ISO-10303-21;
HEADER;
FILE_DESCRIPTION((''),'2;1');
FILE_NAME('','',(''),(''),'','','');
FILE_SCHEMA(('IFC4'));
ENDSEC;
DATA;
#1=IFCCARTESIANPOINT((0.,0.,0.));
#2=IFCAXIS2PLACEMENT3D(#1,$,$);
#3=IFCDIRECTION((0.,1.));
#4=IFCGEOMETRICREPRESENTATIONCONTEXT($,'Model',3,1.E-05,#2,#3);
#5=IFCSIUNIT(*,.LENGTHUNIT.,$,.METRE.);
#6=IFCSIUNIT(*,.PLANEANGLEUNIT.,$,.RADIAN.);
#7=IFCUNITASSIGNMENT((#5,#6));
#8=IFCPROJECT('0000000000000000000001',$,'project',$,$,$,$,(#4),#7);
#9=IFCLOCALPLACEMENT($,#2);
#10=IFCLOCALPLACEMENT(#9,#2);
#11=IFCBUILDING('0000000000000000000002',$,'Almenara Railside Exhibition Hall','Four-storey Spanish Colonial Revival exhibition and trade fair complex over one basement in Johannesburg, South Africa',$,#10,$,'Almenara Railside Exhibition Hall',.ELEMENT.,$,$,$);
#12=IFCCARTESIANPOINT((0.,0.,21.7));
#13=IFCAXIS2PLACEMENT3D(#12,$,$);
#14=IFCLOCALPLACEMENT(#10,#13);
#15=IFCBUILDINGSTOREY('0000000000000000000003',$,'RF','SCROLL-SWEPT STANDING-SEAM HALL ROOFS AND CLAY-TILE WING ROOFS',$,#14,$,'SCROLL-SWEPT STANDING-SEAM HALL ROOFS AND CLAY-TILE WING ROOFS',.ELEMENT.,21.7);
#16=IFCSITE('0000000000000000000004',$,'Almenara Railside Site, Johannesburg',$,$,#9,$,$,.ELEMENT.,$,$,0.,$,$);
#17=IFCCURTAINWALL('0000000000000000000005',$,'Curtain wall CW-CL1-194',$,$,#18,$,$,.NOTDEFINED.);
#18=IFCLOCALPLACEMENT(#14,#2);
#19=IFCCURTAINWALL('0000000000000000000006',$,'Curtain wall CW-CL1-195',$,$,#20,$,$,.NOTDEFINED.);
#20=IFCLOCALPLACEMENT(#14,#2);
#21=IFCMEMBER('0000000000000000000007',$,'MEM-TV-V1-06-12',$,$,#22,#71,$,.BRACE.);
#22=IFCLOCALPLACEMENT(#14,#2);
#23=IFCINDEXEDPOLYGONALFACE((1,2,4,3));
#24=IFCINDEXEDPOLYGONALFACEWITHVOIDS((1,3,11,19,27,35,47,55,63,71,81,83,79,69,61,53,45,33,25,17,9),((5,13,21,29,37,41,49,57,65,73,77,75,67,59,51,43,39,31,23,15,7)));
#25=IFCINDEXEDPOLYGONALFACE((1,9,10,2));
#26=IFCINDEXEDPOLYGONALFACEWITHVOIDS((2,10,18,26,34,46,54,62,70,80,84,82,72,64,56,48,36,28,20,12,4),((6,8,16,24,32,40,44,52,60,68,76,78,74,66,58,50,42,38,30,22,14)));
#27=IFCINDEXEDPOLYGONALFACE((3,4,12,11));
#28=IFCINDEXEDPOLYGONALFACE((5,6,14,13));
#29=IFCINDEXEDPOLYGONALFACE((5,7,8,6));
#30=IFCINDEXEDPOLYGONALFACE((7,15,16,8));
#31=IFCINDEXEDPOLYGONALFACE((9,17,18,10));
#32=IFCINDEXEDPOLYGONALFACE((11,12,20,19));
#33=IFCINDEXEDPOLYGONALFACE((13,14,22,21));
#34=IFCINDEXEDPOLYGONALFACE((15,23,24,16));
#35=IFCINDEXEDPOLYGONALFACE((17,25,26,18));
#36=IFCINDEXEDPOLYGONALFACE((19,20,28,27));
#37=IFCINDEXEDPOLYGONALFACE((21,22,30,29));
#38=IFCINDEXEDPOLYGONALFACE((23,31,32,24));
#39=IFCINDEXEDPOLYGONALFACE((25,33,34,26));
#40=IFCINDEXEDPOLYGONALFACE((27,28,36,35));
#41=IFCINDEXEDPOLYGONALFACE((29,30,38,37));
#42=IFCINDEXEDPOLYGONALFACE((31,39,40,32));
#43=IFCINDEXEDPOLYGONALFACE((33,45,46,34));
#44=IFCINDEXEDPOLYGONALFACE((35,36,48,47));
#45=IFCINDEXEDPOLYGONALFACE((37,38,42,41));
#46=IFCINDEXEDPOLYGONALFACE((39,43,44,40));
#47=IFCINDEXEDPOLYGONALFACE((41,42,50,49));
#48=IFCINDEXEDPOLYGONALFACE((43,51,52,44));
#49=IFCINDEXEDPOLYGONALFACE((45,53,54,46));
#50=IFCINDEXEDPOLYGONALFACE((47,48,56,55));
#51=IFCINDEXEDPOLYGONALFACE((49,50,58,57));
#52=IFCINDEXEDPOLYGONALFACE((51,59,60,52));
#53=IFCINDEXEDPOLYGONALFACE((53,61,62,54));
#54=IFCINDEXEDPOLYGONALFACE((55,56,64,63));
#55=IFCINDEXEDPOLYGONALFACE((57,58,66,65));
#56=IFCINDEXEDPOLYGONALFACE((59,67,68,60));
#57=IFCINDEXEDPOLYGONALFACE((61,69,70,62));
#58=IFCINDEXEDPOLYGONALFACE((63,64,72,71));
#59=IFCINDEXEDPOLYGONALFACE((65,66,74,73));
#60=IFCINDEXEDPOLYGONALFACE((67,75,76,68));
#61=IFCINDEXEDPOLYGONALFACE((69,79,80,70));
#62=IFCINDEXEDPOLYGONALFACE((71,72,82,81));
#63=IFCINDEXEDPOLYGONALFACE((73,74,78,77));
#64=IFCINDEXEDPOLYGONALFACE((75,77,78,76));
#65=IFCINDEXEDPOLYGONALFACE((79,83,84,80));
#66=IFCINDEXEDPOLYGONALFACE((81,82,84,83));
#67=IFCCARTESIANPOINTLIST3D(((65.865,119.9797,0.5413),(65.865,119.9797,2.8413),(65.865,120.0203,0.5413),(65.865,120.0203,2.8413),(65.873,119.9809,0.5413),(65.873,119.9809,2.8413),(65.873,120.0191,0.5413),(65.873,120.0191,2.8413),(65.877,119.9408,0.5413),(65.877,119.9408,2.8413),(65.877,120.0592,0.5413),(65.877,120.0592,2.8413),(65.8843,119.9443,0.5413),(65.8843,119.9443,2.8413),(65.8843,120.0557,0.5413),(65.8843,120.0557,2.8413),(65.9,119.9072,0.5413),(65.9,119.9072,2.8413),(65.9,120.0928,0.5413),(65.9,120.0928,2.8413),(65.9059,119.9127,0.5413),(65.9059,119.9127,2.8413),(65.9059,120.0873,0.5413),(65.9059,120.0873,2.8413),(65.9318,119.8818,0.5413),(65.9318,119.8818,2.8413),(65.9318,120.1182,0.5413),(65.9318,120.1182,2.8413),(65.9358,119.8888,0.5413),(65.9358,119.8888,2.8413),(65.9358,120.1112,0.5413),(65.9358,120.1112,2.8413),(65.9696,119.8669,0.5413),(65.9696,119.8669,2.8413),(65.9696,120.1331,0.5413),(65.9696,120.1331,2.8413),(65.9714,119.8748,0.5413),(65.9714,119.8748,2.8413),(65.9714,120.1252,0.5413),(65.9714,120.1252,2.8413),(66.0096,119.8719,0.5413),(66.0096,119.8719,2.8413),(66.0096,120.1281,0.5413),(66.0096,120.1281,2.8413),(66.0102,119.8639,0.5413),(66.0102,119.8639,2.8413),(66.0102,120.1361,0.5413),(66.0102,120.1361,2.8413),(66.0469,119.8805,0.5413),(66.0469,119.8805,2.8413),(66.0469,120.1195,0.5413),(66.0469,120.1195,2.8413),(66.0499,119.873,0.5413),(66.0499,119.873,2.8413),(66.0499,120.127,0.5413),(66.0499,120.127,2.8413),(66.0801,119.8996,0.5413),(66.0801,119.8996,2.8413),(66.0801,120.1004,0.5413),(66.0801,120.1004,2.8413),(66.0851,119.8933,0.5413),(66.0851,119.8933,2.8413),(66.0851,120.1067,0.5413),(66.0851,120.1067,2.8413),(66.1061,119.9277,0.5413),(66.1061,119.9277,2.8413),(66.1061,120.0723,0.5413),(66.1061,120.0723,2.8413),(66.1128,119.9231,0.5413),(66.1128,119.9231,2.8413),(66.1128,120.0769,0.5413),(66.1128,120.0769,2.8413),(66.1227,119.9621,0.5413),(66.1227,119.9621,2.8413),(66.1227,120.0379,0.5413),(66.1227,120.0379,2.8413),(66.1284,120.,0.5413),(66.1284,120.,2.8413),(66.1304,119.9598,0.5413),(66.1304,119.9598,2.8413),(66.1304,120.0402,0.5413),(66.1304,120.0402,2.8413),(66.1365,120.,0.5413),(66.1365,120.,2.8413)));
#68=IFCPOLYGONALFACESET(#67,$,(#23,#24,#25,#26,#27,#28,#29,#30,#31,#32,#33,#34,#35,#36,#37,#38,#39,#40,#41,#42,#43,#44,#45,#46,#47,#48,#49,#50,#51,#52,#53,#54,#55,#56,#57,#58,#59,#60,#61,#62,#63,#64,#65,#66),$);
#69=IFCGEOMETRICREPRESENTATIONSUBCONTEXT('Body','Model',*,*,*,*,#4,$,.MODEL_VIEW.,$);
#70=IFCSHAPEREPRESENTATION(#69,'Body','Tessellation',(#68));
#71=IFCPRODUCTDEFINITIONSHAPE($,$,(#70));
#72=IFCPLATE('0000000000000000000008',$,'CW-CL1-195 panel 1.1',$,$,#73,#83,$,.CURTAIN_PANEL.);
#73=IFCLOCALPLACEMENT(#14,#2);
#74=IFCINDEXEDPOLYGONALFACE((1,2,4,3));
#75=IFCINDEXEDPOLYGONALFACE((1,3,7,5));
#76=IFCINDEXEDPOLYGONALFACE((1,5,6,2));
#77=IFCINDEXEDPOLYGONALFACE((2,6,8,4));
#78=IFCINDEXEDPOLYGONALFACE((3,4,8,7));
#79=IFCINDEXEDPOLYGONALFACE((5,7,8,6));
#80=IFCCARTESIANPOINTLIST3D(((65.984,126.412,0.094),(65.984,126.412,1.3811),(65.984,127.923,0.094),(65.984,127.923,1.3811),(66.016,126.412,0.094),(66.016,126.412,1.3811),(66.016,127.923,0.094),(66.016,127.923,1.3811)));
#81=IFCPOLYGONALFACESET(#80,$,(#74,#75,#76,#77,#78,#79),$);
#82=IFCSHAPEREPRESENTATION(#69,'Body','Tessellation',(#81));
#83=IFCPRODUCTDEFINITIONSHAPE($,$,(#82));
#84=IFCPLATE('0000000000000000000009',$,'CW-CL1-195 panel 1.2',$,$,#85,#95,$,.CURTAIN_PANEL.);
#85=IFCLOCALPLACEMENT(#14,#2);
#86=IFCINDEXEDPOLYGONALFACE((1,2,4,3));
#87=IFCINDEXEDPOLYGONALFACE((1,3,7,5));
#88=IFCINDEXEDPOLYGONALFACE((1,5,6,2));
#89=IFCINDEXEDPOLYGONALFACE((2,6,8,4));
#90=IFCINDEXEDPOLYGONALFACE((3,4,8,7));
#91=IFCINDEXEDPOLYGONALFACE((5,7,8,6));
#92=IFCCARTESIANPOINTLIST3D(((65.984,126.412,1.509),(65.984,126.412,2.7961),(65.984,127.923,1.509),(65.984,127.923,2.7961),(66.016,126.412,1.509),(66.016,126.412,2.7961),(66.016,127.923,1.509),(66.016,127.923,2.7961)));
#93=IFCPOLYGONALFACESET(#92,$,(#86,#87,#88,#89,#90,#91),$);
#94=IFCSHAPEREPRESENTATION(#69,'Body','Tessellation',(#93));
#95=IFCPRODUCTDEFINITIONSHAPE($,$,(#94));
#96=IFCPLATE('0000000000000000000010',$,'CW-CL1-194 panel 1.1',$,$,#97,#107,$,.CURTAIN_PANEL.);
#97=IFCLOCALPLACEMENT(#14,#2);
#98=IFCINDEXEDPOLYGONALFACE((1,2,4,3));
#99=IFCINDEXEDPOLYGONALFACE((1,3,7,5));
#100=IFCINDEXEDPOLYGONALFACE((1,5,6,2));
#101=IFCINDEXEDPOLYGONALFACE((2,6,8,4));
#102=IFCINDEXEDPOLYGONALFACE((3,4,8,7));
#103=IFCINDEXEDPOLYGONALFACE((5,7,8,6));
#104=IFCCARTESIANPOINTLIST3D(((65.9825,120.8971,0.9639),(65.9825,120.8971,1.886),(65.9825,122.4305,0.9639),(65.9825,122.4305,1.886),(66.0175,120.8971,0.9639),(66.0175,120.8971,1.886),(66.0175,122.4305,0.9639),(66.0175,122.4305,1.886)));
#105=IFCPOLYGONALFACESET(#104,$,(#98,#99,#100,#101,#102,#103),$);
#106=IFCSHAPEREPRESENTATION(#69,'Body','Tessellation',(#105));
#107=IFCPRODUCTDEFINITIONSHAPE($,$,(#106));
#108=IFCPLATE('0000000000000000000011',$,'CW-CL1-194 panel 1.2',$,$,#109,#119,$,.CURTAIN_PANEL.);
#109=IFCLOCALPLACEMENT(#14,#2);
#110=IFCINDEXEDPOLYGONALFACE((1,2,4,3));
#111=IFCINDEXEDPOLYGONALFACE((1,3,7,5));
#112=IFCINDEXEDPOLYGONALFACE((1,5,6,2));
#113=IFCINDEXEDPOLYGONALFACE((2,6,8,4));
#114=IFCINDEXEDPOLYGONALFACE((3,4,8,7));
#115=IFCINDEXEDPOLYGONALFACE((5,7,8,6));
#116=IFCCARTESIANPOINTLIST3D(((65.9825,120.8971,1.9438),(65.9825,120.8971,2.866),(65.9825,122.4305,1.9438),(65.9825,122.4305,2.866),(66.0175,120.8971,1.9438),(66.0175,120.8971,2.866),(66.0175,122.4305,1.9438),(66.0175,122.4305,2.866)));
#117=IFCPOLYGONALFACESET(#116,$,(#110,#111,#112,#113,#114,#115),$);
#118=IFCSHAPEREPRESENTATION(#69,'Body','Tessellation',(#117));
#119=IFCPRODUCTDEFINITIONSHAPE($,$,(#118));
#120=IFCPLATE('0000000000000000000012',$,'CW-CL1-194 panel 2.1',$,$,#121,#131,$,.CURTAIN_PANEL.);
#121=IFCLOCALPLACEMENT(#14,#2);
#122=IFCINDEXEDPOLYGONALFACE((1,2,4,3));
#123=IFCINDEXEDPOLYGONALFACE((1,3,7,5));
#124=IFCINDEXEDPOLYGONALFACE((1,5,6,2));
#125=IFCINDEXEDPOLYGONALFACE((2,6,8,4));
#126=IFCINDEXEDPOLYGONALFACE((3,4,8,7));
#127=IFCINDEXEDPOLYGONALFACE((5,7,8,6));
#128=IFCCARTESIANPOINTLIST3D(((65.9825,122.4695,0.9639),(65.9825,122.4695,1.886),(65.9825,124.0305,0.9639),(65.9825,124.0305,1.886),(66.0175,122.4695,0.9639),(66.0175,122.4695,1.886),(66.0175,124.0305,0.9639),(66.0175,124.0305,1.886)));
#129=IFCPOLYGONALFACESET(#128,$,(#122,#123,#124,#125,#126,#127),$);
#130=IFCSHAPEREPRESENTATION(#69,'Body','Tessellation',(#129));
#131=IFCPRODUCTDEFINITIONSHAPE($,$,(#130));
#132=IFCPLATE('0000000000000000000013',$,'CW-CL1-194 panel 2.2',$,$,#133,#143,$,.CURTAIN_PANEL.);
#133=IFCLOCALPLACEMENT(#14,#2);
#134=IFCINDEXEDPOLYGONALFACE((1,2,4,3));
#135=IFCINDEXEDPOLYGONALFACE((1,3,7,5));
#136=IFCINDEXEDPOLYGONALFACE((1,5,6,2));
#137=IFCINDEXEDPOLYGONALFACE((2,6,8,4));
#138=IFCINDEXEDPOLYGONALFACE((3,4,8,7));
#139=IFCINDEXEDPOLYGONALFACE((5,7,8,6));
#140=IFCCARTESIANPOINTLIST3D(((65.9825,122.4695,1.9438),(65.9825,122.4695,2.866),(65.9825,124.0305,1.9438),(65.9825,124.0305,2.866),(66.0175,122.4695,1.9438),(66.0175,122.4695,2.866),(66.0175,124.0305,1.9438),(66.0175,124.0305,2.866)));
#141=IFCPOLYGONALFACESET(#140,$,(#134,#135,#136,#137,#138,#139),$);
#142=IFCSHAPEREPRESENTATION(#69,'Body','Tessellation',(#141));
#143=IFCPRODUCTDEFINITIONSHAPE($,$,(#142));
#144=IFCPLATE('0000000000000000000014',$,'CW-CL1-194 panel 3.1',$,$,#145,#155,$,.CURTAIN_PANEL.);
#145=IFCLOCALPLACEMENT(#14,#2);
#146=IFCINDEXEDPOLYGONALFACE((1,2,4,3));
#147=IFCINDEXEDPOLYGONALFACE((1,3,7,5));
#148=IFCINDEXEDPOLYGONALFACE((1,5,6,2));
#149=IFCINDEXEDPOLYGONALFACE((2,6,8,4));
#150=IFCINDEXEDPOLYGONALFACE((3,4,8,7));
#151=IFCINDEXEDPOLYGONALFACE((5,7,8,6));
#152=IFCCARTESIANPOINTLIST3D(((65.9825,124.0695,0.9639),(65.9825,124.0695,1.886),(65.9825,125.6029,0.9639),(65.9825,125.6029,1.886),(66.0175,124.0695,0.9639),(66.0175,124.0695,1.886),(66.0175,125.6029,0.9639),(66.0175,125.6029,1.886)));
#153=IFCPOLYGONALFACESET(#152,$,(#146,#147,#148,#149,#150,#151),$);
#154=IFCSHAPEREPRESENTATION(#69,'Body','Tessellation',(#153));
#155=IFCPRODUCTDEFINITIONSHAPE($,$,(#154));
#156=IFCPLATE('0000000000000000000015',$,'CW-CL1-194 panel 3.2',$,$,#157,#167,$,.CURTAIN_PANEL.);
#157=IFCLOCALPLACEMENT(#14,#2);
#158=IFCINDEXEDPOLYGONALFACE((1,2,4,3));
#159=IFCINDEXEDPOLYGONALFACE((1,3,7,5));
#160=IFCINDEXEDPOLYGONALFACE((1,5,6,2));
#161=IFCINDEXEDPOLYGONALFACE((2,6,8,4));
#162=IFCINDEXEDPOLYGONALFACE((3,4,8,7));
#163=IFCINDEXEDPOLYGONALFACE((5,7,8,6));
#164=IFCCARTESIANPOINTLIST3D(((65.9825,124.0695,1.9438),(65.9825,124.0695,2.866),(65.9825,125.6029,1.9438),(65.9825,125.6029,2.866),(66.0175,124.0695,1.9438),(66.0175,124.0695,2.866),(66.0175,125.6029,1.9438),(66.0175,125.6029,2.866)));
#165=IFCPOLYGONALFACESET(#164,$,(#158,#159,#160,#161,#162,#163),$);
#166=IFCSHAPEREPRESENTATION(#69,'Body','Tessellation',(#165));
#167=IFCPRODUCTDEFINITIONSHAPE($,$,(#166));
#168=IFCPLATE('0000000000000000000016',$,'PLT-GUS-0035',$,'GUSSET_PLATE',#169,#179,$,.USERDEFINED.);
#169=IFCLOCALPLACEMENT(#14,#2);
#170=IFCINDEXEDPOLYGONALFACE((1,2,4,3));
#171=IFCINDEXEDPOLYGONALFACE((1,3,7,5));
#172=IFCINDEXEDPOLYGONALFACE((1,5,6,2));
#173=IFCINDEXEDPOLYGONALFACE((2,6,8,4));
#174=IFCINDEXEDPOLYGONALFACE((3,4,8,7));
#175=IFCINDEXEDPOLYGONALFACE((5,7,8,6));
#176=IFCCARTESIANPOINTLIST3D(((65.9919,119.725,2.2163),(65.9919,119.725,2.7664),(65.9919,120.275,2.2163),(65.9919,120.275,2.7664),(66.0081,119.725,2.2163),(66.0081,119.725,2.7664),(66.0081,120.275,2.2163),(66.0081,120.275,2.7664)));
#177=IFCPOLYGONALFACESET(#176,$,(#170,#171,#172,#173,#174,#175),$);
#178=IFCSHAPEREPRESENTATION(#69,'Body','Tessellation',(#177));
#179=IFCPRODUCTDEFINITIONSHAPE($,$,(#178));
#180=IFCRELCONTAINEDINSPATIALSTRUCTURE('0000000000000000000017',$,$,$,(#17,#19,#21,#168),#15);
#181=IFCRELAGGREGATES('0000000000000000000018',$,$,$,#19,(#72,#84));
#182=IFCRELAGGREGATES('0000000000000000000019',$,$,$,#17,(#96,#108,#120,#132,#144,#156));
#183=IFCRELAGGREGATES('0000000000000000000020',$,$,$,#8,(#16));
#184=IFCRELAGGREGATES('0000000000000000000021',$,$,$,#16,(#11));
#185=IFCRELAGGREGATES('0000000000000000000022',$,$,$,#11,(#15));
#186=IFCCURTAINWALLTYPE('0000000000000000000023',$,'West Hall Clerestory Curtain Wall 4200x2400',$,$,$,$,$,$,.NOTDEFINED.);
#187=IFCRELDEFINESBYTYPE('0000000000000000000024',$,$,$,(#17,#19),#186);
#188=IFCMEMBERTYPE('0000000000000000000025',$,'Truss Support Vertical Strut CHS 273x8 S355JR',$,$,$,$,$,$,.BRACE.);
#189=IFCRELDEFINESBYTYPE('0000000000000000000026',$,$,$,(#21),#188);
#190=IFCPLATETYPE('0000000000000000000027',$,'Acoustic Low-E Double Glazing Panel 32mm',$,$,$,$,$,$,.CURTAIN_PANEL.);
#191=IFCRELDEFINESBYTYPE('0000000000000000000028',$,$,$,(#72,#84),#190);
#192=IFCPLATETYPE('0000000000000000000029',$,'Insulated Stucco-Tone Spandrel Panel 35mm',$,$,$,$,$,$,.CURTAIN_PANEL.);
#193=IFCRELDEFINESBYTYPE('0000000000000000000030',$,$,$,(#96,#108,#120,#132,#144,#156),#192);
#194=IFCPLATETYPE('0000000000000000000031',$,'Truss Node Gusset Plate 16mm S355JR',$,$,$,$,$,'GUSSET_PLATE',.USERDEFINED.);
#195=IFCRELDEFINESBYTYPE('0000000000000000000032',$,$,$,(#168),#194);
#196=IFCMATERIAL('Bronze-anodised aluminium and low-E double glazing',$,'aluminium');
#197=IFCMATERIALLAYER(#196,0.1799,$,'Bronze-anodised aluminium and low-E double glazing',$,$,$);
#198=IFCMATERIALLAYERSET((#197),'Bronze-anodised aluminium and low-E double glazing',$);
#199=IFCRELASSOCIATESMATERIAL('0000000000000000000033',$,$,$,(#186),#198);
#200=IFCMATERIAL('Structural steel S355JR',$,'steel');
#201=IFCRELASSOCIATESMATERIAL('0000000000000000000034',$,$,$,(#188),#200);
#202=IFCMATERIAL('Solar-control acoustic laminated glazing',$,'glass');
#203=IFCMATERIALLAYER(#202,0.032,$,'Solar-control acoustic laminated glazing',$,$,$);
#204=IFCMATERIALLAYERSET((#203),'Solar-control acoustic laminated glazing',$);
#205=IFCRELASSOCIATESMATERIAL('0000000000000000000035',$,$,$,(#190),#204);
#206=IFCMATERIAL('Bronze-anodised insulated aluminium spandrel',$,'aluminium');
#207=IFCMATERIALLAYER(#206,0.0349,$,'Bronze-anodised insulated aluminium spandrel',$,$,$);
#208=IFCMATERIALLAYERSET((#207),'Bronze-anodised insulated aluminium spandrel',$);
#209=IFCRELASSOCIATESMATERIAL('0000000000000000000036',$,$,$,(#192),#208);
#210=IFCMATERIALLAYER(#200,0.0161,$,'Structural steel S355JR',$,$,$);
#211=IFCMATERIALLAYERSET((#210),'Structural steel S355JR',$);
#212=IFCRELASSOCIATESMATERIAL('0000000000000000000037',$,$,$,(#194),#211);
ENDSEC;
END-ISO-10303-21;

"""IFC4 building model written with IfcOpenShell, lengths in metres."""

from ifc_helpers import new_model, si_unit, direction, frame, origin, origin_2d, place, context, subcontext, project, spatial, rectangle, hollow_circle, extrude, material, layer, layer_set, material_profile, profile_set, type_object, element, aggregate, save


model = new_model("IFC4")

# Units and contexts
model_context = context("Model", 3, precision=1e-05, world=origin(), true_north=direction((0.0, 1.0)))
body_context = subcontext(model_context, "Body", "Model", "MODEL_VIEW")
ifc_project = project(units=[si_unit("LENGTHUNIT", "METRE"), si_unit("PLANEANGLEUNIT", "RADIAN")], contexts=[model_context])

# Site, building, storey
site_placement = place(None, origin())
site = spatial("IfcSite", under=ifc_project, at=site_placement, Name="Almenara Railside Site, Johannesburg", CompositionType="ELEMENT", RefElevation=0.0)
building_placement = place(site_placement, origin())
building = spatial("IfcBuilding", under=site, at=building_placement, Name="Almenara Railside Exhibition Hall", Description="Four-storey Spanish Colonial Revival exhibition and trade fair complex over one basement in Johannesburg, South Africa", LongName="Almenara Railside Exhibition Hall", CompositionType="ELEMENT")
storey_placement = place(building_placement, frame((0.0, 0.0, 21.7)))
storey = spatial("IfcBuildingStorey", under=building, at=storey_placement, Name="RF", Description="SCROLL-SWEPT STANDING-SEAM HALL ROOFS AND CLAY-TILE WING ROOFS", LongName="SCROLL-SWEPT STANDING-SEAM HALL ROOFS AND CLAY-TILE WING ROOFS", CompositionType="ELEMENT", Elevation=21.7)

# Shared definitions
ifc_material_1 = material(Name="Structural steel S355JR", Category="steel")

# Curtain walls
ifc_material_2 = material(Name="Bronze-anodised aluminium and low-E double glazing", Category="aluminium")
ifc_layer_1 = layer(ifc_material_2, 0.1799, Name="Bronze-anodised aluminium and low-E double glazing")
ifc_layer_set_1 = layer_set([ifc_layer_1], Name="Bronze-anodised aluminium and low-E double glazing")
curtain_wall_type = type_object("IfcCurtainWallType", Name="West Hall Clerestory Curtain Wall 4200x2400", PredefinedType="NOTDEFINED", material=ifc_layer_set_1)
curtain_wall_1_placement = place(storey_placement, origin())
curtain_wall_1 = element("IfcCurtainWall", 1, at=curtain_wall_1_placement, inside=storey, type_object=curtain_wall_type, Name="Curtain wall CW-CL1-194", PredefinedType="NOTDEFINED")
curtain_wall_2_placement = place(storey_placement, origin())
curtain_wall_2 = element("IfcCurtainWall", 2, at=curtain_wall_2_placement, inside=storey, type_object=curtain_wall_type, Name="Curtain wall CW-CL1-195", PredefinedType="NOTDEFINED")

# Member
ifc_material_profile_1 = material_profile(ifc_material_1, hollow_circle(Radius=0.1365, WallThickness=0.0081, at=origin_2d()), Name="CHS 273x8")
ifc_profile_set_1 = profile_set([ifc_material_profile_1], Name="Structural steel S355JR")
member_type_1 = type_object("IfcMemberType", Name="Truss Support Vertical Strut CHS 273x8 S355JR", PredefinedType="BRACE", material=ifc_profile_set_1)
member_1_placement = place(storey_placement, frame((66.0, 120.0, 0.5413), z_axis=(0.0, 0.0, 1.0), x_axis=(1.0, 0.0, 0.0)))
element("IfcMember", 3, at=member_1_placement, inside=storey, type_object=member_type_1, Name="MEM-TV-V1-06-12", PredefinedType="BRACE", context=body_context, shape_type="SweptSolid", body=[
    extrude(hollow_circle(Radius=0.1365, WallThickness=0.0081, at=origin_2d()), origin(), (0.0, 0.0, 1.0), 2.3),
])

# Plates
ifc_material_3 = material(Name="Solar-control acoustic laminated glazing", Category="glass")
ifc_layer_2 = layer(ifc_material_3, 0.032, Name="Solar-control acoustic laminated glazing")
ifc_layer_set_2 = layer_set([ifc_layer_2], Name="Solar-control acoustic laminated glazing")
plate_type_1 = type_object("IfcPlateType", Name="Acoustic Low-E Double Glazing Panel 32mm", PredefinedType="CURTAIN_PANEL", material=ifc_layer_set_2)
plate_1_placement = place(storey_placement, frame((66.0, 127.1675, 0.094), z_axis=(0.0, 0.0, 1.0), x_axis=(0.0, 1.0, 0.0)))
plate_1 = element("IfcPlate", 4, at=plate_1_placement, type_object=plate_type_1, Name="CW-CL1-195 panel 1.1", PredefinedType="CURTAIN_PANEL", context=body_context, shape_type="SweptSolid", body=[
    extrude(rectangle(XDim=1.511, YDim=0.032, at=origin_2d()), origin(), (0.0, 0.0, 1.0), 1.2871),
])
plate_2_placement = place(storey_placement, frame((66.0, 127.1675, 1.509), z_axis=(0.0, 0.0, 1.0), x_axis=(0.0, 1.0, 0.0)))
plate_2 = element("IfcPlate", 5, at=plate_2_placement, type_object=plate_type_1, Name="CW-CL1-195 panel 1.2", PredefinedType="CURTAIN_PANEL", context=body_context, shape_type="SweptSolid", body=[
    extrude(rectangle(XDim=1.511, YDim=0.032, at=origin_2d()), origin(), (0.0, 0.0, 1.0), 1.2871),
])
aggregate(curtain_wall_2, [plate_1, plate_2])
ifc_material_4 = material(Name="Bronze-anodised insulated aluminium spandrel", Category="aluminium")
ifc_layer_3 = layer(ifc_material_4, 0.0349, Name="Bronze-anodised insulated aluminium spandrel")
ifc_layer_set_3 = layer_set([ifc_layer_3], Name="Bronze-anodised insulated aluminium spandrel")
plate_type_2 = type_object("IfcPlateType", Name="Insulated Stucco-Tone Spandrel Panel 35mm", PredefinedType="CURTAIN_PANEL", material=ifc_layer_set_3)
plate_3_placement = place(storey_placement, frame((66.0, 121.6638, 0.9639), z_axis=(0.0, 0.0, 1.0), x_axis=(0.0, 1.0, 0.0)))
plate_3 = element("IfcPlate", 6, at=plate_3_placement, type_object=plate_type_2, Name="CW-CL1-194 panel 1.1", PredefinedType="CURTAIN_PANEL", context=body_context, shape_type="SweptSolid", body=[
    extrude(rectangle(XDim=1.5334, YDim=0.0349, at=origin_2d()), origin(), (0.0, 0.0, 1.0), 0.9221),
])
plate_4_placement = place(storey_placement, frame((66.0, 121.6638, 1.9438), z_axis=(0.0, 0.0, 1.0), x_axis=(0.0, 1.0, 0.0)))
plate_4 = element("IfcPlate", 7, at=plate_4_placement, type_object=plate_type_2, Name="CW-CL1-194 panel 1.2", PredefinedType="CURTAIN_PANEL", context=body_context, shape_type="SweptSolid", body=[
    extrude(rectangle(XDim=1.5334, YDim=0.0349, at=origin_2d()), origin(), (0.0, 0.0, 1.0), 0.9221),
])
plate_5_placement = place(storey_placement, frame((66.0, 123.25, 0.9639), z_axis=(0.0, 0.0, 1.0), x_axis=(0.0, 1.0, 0.0)))
plate_5 = element("IfcPlate", 8, at=plate_5_placement, type_object=plate_type_2, Name="CW-CL1-194 panel 2.1", PredefinedType="CURTAIN_PANEL", context=body_context, shape_type="SweptSolid", body=[
    extrude(rectangle(XDim=1.561, YDim=0.0349, at=origin_2d()), origin(), (0.0, 0.0, 1.0), 0.9221),
])
plate_6_placement = place(storey_placement, frame((66.0, 123.25, 1.9438), z_axis=(0.0, 0.0, 1.0), x_axis=(0.0, 1.0, 0.0)))
plate_6 = element("IfcPlate", 9, at=plate_6_placement, type_object=plate_type_2, Name="CW-CL1-194 panel 2.2", PredefinedType="CURTAIN_PANEL", context=body_context, shape_type="SweptSolid", body=[
    extrude(rectangle(XDim=1.561, YDim=0.0349, at=origin_2d()), origin(), (0.0, 0.0, 1.0), 0.9221),
])
plate_7_placement = place(storey_placement, frame((66.0, 124.8362, 0.9639), z_axis=(0.0, 0.0, 1.0), x_axis=(0.0, 1.0, 0.0)))
plate_7 = element("IfcPlate", 10, at=plate_7_placement, type_object=plate_type_2, Name="CW-CL1-194 panel 3.1", PredefinedType="CURTAIN_PANEL", context=body_context, shape_type="SweptSolid", body=[
    extrude(rectangle(XDim=1.5334, YDim=0.0349, at=origin_2d()), origin(), (0.0, 0.0, 1.0), 0.9221),
])
plate_8_placement = place(storey_placement, frame((66.0, 124.8362, 1.9438), z_axis=(0.0, 0.0, 1.0), x_axis=(0.0, 1.0, 0.0)))
plate_8 = element("IfcPlate", 11, at=plate_8_placement, type_object=plate_type_2, Name="CW-CL1-194 panel 3.2", PredefinedType="CURTAIN_PANEL", context=body_context, shape_type="SweptSolid", body=[
    extrude(rectangle(XDim=1.5334, YDim=0.0349, at=origin_2d()), origin(), (0.0, 0.0, 1.0), 0.9221),
])
aggregate(curtain_wall_1, [plate_3, plate_4, plate_5, plate_6, plate_7, plate_8])
ifc_layer_4 = layer(ifc_material_1, 0.0161, Name="Structural steel S355JR")
ifc_layer_set_4 = layer_set([ifc_layer_4], Name="Structural steel S355JR")
plate_type_3 = type_object("IfcPlateType", Name="Truss Node Gusset Plate 16mm S355JR", ElementType="GUSSET_PLATE", PredefinedType="USERDEFINED", material=ifc_layer_set_4)
plate_9_placement = place(storey_placement, frame((66.0, 120.0, 2.2163), z_axis=(0.0, 0.0, 1.0), x_axis=(0.0, 1.0, 0.0)))
element("IfcPlate", 12, at=plate_9_placement, inside=storey, type_object=plate_type_3, Name="PLT-GUS-0035", ObjectType="GUSSET_PLATE", PredefinedType="USERDEFINED", context=body_context, shape_type="SweptSolid", body=[
    extrude(rectangle(XDim=0.55, YDim=0.0161, at=origin_2d()), origin(), (0.0, 0.0, 1.0), 0.55),
])

save(model, "model.ifc")
